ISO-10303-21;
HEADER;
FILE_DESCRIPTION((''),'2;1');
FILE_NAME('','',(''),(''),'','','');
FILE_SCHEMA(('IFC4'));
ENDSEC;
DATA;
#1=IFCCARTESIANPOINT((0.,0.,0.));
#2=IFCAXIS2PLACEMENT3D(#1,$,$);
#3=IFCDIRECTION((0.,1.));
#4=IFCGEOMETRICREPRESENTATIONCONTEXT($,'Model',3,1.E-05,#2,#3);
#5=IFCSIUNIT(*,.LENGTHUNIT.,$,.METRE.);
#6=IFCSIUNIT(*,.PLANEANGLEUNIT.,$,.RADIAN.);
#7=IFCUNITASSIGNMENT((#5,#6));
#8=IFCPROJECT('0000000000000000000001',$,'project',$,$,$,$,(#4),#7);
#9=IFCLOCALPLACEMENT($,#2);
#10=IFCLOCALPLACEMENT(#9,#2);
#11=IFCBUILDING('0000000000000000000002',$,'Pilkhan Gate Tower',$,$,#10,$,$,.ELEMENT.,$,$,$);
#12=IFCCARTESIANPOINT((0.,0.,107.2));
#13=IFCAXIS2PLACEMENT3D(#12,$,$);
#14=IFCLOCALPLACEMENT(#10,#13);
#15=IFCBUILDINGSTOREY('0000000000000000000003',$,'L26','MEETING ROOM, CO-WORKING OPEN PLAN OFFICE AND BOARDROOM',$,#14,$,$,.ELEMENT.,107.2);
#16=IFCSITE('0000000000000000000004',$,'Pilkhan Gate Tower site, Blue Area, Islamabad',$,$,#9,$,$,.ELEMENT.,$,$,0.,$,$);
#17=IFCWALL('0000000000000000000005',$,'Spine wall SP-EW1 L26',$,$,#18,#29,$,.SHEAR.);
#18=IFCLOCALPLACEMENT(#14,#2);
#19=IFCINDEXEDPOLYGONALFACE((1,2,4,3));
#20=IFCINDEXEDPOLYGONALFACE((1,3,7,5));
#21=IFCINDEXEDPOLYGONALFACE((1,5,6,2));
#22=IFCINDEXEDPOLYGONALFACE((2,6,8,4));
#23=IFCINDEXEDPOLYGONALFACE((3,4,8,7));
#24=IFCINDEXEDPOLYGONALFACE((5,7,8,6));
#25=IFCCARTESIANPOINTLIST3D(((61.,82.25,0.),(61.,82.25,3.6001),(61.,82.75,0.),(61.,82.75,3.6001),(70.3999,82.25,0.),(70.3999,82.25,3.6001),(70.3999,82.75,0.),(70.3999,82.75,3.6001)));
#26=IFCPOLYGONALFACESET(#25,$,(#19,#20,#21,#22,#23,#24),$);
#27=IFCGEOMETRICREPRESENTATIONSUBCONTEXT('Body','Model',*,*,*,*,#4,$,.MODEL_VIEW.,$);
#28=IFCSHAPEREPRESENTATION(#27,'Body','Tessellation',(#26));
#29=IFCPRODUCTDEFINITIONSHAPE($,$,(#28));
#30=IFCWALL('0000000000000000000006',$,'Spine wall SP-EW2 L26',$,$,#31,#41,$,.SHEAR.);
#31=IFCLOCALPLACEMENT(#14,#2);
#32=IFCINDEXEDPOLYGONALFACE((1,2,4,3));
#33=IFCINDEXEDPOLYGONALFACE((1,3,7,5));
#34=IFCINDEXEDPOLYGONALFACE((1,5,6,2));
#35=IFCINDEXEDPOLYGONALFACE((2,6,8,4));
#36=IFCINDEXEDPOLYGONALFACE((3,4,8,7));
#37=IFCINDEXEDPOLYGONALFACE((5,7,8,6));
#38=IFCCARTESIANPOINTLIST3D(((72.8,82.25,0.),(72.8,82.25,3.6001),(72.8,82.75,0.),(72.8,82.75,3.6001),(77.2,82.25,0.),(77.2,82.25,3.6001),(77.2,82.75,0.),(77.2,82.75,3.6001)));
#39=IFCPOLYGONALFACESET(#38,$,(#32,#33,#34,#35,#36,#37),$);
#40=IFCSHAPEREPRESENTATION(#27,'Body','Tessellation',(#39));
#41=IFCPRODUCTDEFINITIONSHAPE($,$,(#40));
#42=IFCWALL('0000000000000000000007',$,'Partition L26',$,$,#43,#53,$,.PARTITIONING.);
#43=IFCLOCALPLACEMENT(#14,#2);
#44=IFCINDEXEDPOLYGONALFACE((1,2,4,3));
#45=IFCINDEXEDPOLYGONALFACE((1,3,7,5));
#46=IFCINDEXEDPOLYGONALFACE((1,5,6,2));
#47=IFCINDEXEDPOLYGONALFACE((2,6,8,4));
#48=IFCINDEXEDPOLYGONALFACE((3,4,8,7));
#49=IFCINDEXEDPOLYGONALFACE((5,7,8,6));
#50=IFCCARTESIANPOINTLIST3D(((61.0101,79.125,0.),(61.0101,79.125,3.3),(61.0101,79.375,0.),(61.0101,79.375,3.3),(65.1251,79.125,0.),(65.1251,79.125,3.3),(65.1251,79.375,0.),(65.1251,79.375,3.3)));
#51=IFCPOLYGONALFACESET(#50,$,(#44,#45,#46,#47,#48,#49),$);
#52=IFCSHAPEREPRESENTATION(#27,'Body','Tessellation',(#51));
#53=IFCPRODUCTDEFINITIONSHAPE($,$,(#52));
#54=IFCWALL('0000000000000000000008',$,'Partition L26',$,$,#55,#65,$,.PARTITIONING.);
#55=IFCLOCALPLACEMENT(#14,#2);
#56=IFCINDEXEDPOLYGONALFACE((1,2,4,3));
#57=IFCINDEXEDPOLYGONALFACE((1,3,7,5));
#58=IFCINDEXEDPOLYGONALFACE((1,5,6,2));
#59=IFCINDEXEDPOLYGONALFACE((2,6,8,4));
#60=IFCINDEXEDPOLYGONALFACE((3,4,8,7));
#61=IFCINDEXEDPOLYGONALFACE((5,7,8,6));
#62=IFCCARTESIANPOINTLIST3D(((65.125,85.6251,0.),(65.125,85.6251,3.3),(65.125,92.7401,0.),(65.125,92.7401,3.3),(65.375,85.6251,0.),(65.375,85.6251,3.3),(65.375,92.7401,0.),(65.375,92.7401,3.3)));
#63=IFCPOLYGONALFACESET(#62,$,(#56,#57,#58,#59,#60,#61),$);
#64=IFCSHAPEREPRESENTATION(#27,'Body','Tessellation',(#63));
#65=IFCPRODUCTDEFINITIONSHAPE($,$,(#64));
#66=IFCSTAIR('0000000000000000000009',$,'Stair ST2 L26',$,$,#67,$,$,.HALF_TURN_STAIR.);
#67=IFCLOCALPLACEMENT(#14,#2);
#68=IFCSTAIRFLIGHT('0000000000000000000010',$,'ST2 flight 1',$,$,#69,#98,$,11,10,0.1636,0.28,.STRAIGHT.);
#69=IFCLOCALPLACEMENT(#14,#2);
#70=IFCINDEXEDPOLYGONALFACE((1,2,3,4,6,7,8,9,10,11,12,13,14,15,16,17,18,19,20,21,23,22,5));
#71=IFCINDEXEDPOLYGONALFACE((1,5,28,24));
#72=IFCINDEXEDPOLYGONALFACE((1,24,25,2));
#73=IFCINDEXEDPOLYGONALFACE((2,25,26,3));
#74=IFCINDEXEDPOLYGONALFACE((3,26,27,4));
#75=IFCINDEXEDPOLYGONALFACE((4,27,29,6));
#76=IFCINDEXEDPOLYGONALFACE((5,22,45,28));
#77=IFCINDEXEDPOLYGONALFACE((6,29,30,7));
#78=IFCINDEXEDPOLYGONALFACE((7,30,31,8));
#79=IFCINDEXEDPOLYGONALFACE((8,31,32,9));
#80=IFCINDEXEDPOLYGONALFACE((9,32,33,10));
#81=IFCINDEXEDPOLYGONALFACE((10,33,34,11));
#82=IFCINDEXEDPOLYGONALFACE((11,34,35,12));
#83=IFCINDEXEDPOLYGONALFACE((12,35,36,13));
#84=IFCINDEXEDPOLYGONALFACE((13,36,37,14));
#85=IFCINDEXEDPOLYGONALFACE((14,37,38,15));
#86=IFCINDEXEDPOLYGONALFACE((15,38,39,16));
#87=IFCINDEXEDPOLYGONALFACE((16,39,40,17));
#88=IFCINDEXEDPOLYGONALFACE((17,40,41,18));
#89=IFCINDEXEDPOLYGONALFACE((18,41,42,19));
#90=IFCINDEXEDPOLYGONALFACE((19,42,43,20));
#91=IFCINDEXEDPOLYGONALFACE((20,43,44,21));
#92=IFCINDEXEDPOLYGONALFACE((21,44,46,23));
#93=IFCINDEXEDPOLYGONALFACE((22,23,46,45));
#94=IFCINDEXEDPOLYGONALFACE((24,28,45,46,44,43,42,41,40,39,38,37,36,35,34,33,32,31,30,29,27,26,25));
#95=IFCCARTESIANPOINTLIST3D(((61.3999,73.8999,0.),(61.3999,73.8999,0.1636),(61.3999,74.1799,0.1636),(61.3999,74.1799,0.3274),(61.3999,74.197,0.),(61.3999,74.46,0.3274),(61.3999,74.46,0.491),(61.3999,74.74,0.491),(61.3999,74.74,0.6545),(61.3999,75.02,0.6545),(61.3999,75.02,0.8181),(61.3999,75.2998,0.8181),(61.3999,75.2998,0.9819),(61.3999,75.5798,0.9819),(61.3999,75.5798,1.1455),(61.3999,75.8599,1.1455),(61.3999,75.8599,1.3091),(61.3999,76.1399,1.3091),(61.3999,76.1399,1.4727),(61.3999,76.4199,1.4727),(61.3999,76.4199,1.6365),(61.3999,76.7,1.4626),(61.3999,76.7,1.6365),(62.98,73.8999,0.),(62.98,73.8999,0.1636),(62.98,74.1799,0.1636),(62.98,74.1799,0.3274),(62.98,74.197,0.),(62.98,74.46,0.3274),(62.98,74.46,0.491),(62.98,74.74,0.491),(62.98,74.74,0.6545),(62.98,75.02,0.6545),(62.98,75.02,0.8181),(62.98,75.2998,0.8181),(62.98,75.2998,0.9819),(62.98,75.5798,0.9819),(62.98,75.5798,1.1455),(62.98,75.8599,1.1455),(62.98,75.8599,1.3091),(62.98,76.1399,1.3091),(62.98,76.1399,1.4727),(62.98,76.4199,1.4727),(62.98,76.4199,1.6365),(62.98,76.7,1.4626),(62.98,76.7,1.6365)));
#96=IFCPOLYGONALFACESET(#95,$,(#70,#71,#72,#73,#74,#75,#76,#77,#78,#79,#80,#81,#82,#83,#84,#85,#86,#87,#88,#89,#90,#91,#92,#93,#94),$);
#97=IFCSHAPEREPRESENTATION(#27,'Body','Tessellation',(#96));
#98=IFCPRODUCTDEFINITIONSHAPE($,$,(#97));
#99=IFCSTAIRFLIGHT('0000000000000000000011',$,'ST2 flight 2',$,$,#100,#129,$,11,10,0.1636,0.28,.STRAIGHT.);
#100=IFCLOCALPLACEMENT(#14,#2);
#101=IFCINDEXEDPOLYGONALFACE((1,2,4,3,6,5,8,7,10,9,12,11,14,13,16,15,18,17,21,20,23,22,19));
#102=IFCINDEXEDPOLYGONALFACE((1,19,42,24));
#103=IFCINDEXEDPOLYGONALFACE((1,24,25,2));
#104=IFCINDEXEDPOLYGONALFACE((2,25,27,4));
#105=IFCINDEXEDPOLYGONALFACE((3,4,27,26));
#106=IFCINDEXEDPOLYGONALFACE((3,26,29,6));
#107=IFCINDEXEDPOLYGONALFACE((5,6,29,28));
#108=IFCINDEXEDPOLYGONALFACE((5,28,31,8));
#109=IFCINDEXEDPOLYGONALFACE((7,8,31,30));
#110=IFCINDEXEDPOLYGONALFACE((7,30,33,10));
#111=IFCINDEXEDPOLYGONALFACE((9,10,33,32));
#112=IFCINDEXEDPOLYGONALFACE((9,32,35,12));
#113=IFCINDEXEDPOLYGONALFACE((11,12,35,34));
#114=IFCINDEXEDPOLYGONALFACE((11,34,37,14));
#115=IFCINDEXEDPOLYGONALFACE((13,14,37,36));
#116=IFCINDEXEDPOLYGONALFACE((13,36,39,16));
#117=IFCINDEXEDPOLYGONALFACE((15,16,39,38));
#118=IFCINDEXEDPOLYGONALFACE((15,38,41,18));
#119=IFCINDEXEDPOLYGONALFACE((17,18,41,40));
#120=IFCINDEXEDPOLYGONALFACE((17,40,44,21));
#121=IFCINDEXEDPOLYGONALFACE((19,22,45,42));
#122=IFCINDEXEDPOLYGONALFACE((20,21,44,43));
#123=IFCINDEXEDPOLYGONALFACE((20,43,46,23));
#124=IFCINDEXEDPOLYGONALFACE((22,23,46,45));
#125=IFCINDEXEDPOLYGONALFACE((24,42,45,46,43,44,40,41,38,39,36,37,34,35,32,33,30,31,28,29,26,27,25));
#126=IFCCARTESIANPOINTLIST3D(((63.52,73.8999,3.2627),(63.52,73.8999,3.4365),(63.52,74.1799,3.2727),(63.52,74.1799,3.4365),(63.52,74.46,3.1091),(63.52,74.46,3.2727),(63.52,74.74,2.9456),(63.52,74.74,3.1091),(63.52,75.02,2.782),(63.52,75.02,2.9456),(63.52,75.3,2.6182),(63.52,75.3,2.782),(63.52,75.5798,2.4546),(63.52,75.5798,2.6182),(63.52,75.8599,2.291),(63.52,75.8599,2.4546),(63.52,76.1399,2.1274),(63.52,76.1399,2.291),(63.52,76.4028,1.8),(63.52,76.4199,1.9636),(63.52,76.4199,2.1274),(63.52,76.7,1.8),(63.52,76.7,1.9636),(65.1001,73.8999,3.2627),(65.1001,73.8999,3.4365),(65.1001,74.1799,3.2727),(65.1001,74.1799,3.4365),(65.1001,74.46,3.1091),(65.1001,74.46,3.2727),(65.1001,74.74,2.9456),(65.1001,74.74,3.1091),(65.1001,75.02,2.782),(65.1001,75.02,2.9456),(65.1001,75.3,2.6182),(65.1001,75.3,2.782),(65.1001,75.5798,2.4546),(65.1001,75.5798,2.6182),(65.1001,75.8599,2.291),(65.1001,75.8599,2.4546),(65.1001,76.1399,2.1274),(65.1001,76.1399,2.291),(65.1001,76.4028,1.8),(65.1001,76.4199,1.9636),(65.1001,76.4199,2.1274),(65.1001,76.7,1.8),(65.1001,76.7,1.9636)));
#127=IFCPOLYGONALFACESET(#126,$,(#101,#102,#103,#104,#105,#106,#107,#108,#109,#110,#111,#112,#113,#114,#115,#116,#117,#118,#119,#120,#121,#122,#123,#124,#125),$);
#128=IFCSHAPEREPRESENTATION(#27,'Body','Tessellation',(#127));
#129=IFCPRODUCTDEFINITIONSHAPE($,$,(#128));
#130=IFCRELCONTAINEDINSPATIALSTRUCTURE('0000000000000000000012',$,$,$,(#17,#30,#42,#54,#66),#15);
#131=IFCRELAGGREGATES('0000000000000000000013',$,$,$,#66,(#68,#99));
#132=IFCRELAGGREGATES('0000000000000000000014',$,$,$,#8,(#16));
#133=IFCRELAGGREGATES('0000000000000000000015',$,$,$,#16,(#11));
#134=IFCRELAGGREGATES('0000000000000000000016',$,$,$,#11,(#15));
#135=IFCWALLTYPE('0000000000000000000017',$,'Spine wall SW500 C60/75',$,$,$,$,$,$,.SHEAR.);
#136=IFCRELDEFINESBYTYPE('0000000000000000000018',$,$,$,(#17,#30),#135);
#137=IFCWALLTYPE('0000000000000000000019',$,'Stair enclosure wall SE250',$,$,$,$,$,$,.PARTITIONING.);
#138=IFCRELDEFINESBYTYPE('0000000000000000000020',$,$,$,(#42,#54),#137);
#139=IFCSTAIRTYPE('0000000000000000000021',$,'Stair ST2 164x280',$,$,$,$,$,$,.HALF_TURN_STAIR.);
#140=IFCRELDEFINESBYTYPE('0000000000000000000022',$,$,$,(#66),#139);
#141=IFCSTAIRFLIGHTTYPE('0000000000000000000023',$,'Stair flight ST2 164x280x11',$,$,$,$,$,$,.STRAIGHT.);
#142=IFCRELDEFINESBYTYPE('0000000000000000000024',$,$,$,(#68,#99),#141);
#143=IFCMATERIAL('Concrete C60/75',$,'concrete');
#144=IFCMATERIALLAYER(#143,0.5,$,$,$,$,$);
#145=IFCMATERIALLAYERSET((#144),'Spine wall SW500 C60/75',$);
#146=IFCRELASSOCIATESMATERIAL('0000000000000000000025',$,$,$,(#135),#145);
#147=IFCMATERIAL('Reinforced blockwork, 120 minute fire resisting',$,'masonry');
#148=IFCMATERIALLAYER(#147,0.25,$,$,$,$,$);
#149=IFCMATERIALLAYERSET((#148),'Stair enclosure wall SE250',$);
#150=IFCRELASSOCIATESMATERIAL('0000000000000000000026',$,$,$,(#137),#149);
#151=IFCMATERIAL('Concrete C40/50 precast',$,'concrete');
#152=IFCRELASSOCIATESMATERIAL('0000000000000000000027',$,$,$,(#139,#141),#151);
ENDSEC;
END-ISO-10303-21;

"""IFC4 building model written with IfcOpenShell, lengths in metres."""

from ifc_helpers import new_model, si_unit, direction, frame, frame_2d, origin, place, context, subcontext, project, spatial, polyline, rectangle, outline, extrude, material, layer, layer_set, type_object, element, aggregate, save


model = new_model("IFC4")

# Units and contexts
model_context = context("Model", 3, precision=1e-05, world=origin(), true_north=direction((0.0, 1.0)))
body_context = subcontext(model_context, "Body", "Model", "MODEL_VIEW")
ifc_project = project(units=[si_unit("LENGTHUNIT", "METRE"), si_unit("PLANEANGLEUNIT", "RADIAN")], contexts=[model_context])

# Site, building, storey
site_placement = place(None, origin())
site = spatial("IfcSite", under=ifc_project, at=site_placement, Name="Pilkhan Gate Tower site, Blue Area, Islamabad", CompositionType="ELEMENT", RefElevation=0.0)
building_placement = place(site_placement, origin())
building = spatial("IfcBuilding", under=site, at=building_placement, Name="Pilkhan Gate Tower", CompositionType="ELEMENT")
storey_placement = place(building_placement, frame((0.0, 0.0, 107.2)))
storey = spatial("IfcBuildingStorey", under=building, at=storey_placement, Name="L26", Description="MEETING ROOM, CO-WORKING OPEN PLAN OFFICE AND BOARDROOM", CompositionType="ELEMENT", Elevation=107.2)

# Shared definitions
ifc_material_1 = material(Name="Concrete C60/75", Category="concrete")

# Walls
ifc_layer_1 = layer(ifc_material_1, 0.5)
ifc_layer_set_1 = layer_set([ifc_layer_1], Name="Spine wall SW500 C60/75")
wall_type_1 = type_object("IfcWallType", Name="Spine wall SW500 C60/75", PredefinedType="SHEAR", material=ifc_layer_set_1)
wall_1_placement = place(storey_placement, frame((61.0, 82.5, 0.0), z_axis=(0.0, 0.0, 1.0), x_axis=(1.0, 0.0, 0.0)))
element("IfcWall", 1, at=wall_1_placement, inside=storey, type_object=wall_type_1, Name="Spine wall SP-EW1 L26", PredefinedType="SHEAR", context=body_context, shape_type="SweptSolid", body=[
    extrude(rectangle(XDim=9.3999, YDim=0.5, at=frame_2d((4.7, 0.0))), origin(), (0.0, 0.0, 1.0), 3.6001),
])
wall_2_placement = place(storey_placement, frame((72.8, 82.5, 0.0), z_axis=(0.0, 0.0, 1.0), x_axis=(1.0, 0.0, 0.0)))
element("IfcWall", 2, at=wall_2_placement, inside=storey, type_object=wall_type_1, Name="Spine wall SP-EW2 L26", PredefinedType="SHEAR", context=body_context, shape_type="SweptSolid", body=[
    extrude(rectangle(XDim=4.3999, YDim=0.5, at=frame_2d((2.2, 0.0))), origin(), (0.0, 0.0, 1.0), 3.6001),
])
ifc_material_2 = material(Name="Reinforced blockwork, 120 minute fire resisting", Category="masonry")
ifc_layer_2 = layer(ifc_material_2, 0.25)
ifc_layer_set_2 = layer_set([ifc_layer_2], Name="Stair enclosure wall SE250")
wall_type_2 = type_object("IfcWallType", Name="Stair enclosure wall SE250", PredefinedType="PARTITIONING", material=ifc_layer_set_2)
wall_3_placement = place(storey_placement, frame((61.01, 79.25, 0.0), z_axis=(0.0, 0.0, 1.0), x_axis=(1.0, 0.0, 0.0)))
element("IfcWall", 3, at=wall_3_placement, inside=storey, type_object=wall_type_2, Name="Partition L26", PredefinedType="PARTITIONING", context=body_context, shape_type="SweptSolid", body=[
    extrude(rectangle(XDim=4.115, YDim=0.25, at=frame_2d((2.0576, 0.0))), origin(), (0.0, 0.0, 1.0), 3.3),
])
wall_4_placement = place(storey_placement, frame((65.25, 85.625, 0.0), z_axis=(0.0, 0.0, 1.0), x_axis=(0.0, 1.0, 0.0)))
element("IfcWall", 4, at=wall_4_placement, inside=storey, type_object=wall_type_2, Name="Partition L26", PredefinedType="PARTITIONING", context=body_context, shape_type="SweptSolid", body=[
    extrude(rectangle(XDim=7.115, YDim=0.25, at=frame_2d((3.5576, 0.0))), origin(), (0.0, 0.0, 1.0), 3.3),
])

# Stair, stair flights
ifc_material_3 = material(Name="Concrete C40/50 precast", Category="concrete")
stair_type = type_object("IfcStairType", Name="Stair ST2 164x280", PredefinedType="HALF_TURN_STAIR", material=ifc_material_3)
stair_placement = place(storey_placement, origin())
stair = element("IfcStair", 5, at=stair_placement, inside=storey, type_object=stair_type, Name="Stair ST2 L26", PredefinedType="HALF_TURN_STAIR")
stair_flight_type = type_object("IfcStairFlightType", Name="Stair flight ST2 164x280x11", PredefinedType="STRAIGHT", material=ifc_material_3)
stair_flight_1_placement = place(storey_placement, frame((62.1899, 73.8999, 0.0), z_axis=(0.0, 0.0, 1.0), x_axis=(0.0, 1.0, 0.0)))
stair_flight_1 = element("IfcStairFlight", 6, at=stair_flight_1_placement, type_object=stair_flight_type, Name="ST2 flight 1", NumberOfRisers=11, NumberOfTreads=10, PredefinedType="STRAIGHT", RiserHeight=0.1636, TreadLength=0.28, context=body_context, shape_type="SweptSolid", body=[
    extrude(outline(polyline([(0.0, 0.0), (0.0, 0.1636), (0.28, 0.1636), (0.28, 0.3274), (0.5601, 0.3274), (0.5601, 0.491), (0.8401, 0.491), (0.8401, 0.6545), (1.1201, 0.6545), (1.1201, 0.8181), (1.3999, 0.8181), (1.3999, 0.9819), (1.6799, 0.9819), (1.6799, 1.1455), (1.96, 1.1455), (1.96, 1.3091), (2.24, 1.3091), (2.24, 1.4727), (2.52, 1.4727), (2.52, 1.6365), (2.8, 1.6365), (2.8, 1.8), (2.8, 1.4626), (0.2971, 0.0), (0.0, 0.0)])), frame((0.0, 0.79, 0.0), z_axis=(0.0, -1.0, 0.0), x_axis=(1.0, 0.0, 0.0)), (0.0, 0.0, 1.0), 1.5801),
])
stair_flight_2_placement = place(storey_placement, frame((64.3101, 76.7, 1.8), z_axis=(0.0, 0.0, 1.0), x_axis=(0.0, -1.0, 0.0)))
stair_flight_2 = element("IfcStairFlight", 7, at=stair_flight_2_placement, type_object=stair_flight_type, Name="ST2 flight 2", NumberOfRisers=11, NumberOfTreads=10, PredefinedType="STRAIGHT", RiserHeight=0.1636, TreadLength=0.28, context=body_context, shape_type="SweptSolid", body=[
    extrude(outline(polyline([(0.0, 0.0), (0.0, 0.1636), (0.28, 0.1636), (0.28, 0.3274), (0.5601, 0.3274), (0.5601, 0.491), (0.8401, 0.491), (0.8401, 0.6545), (1.1201, 0.6545), (1.1201, 0.8181), (1.3999, 0.8181), (1.3999, 0.9819), (1.6799, 0.9819), (1.6799, 1.1455), (1.96, 1.1455), (1.96, 1.3091), (2.24, 1.3091), (2.24, 1.4727), (2.52, 1.4727), (2.52, 1.6365), (2.8, 1.6365), (2.8, 1.8), (2.8, 1.4626), (0.2971, 0.0), (0.0, 0.0)])), frame((0.0, 0.79, 0.0), z_axis=(0.0, -1.0, 0.0), x_axis=(1.0, 0.0, 0.0)), (0.0, 0.0, 1.0), 1.5801),
])
aggregate(stair, [stair_flight_1, stair_flight_2])

save(model, "model.ifc")
